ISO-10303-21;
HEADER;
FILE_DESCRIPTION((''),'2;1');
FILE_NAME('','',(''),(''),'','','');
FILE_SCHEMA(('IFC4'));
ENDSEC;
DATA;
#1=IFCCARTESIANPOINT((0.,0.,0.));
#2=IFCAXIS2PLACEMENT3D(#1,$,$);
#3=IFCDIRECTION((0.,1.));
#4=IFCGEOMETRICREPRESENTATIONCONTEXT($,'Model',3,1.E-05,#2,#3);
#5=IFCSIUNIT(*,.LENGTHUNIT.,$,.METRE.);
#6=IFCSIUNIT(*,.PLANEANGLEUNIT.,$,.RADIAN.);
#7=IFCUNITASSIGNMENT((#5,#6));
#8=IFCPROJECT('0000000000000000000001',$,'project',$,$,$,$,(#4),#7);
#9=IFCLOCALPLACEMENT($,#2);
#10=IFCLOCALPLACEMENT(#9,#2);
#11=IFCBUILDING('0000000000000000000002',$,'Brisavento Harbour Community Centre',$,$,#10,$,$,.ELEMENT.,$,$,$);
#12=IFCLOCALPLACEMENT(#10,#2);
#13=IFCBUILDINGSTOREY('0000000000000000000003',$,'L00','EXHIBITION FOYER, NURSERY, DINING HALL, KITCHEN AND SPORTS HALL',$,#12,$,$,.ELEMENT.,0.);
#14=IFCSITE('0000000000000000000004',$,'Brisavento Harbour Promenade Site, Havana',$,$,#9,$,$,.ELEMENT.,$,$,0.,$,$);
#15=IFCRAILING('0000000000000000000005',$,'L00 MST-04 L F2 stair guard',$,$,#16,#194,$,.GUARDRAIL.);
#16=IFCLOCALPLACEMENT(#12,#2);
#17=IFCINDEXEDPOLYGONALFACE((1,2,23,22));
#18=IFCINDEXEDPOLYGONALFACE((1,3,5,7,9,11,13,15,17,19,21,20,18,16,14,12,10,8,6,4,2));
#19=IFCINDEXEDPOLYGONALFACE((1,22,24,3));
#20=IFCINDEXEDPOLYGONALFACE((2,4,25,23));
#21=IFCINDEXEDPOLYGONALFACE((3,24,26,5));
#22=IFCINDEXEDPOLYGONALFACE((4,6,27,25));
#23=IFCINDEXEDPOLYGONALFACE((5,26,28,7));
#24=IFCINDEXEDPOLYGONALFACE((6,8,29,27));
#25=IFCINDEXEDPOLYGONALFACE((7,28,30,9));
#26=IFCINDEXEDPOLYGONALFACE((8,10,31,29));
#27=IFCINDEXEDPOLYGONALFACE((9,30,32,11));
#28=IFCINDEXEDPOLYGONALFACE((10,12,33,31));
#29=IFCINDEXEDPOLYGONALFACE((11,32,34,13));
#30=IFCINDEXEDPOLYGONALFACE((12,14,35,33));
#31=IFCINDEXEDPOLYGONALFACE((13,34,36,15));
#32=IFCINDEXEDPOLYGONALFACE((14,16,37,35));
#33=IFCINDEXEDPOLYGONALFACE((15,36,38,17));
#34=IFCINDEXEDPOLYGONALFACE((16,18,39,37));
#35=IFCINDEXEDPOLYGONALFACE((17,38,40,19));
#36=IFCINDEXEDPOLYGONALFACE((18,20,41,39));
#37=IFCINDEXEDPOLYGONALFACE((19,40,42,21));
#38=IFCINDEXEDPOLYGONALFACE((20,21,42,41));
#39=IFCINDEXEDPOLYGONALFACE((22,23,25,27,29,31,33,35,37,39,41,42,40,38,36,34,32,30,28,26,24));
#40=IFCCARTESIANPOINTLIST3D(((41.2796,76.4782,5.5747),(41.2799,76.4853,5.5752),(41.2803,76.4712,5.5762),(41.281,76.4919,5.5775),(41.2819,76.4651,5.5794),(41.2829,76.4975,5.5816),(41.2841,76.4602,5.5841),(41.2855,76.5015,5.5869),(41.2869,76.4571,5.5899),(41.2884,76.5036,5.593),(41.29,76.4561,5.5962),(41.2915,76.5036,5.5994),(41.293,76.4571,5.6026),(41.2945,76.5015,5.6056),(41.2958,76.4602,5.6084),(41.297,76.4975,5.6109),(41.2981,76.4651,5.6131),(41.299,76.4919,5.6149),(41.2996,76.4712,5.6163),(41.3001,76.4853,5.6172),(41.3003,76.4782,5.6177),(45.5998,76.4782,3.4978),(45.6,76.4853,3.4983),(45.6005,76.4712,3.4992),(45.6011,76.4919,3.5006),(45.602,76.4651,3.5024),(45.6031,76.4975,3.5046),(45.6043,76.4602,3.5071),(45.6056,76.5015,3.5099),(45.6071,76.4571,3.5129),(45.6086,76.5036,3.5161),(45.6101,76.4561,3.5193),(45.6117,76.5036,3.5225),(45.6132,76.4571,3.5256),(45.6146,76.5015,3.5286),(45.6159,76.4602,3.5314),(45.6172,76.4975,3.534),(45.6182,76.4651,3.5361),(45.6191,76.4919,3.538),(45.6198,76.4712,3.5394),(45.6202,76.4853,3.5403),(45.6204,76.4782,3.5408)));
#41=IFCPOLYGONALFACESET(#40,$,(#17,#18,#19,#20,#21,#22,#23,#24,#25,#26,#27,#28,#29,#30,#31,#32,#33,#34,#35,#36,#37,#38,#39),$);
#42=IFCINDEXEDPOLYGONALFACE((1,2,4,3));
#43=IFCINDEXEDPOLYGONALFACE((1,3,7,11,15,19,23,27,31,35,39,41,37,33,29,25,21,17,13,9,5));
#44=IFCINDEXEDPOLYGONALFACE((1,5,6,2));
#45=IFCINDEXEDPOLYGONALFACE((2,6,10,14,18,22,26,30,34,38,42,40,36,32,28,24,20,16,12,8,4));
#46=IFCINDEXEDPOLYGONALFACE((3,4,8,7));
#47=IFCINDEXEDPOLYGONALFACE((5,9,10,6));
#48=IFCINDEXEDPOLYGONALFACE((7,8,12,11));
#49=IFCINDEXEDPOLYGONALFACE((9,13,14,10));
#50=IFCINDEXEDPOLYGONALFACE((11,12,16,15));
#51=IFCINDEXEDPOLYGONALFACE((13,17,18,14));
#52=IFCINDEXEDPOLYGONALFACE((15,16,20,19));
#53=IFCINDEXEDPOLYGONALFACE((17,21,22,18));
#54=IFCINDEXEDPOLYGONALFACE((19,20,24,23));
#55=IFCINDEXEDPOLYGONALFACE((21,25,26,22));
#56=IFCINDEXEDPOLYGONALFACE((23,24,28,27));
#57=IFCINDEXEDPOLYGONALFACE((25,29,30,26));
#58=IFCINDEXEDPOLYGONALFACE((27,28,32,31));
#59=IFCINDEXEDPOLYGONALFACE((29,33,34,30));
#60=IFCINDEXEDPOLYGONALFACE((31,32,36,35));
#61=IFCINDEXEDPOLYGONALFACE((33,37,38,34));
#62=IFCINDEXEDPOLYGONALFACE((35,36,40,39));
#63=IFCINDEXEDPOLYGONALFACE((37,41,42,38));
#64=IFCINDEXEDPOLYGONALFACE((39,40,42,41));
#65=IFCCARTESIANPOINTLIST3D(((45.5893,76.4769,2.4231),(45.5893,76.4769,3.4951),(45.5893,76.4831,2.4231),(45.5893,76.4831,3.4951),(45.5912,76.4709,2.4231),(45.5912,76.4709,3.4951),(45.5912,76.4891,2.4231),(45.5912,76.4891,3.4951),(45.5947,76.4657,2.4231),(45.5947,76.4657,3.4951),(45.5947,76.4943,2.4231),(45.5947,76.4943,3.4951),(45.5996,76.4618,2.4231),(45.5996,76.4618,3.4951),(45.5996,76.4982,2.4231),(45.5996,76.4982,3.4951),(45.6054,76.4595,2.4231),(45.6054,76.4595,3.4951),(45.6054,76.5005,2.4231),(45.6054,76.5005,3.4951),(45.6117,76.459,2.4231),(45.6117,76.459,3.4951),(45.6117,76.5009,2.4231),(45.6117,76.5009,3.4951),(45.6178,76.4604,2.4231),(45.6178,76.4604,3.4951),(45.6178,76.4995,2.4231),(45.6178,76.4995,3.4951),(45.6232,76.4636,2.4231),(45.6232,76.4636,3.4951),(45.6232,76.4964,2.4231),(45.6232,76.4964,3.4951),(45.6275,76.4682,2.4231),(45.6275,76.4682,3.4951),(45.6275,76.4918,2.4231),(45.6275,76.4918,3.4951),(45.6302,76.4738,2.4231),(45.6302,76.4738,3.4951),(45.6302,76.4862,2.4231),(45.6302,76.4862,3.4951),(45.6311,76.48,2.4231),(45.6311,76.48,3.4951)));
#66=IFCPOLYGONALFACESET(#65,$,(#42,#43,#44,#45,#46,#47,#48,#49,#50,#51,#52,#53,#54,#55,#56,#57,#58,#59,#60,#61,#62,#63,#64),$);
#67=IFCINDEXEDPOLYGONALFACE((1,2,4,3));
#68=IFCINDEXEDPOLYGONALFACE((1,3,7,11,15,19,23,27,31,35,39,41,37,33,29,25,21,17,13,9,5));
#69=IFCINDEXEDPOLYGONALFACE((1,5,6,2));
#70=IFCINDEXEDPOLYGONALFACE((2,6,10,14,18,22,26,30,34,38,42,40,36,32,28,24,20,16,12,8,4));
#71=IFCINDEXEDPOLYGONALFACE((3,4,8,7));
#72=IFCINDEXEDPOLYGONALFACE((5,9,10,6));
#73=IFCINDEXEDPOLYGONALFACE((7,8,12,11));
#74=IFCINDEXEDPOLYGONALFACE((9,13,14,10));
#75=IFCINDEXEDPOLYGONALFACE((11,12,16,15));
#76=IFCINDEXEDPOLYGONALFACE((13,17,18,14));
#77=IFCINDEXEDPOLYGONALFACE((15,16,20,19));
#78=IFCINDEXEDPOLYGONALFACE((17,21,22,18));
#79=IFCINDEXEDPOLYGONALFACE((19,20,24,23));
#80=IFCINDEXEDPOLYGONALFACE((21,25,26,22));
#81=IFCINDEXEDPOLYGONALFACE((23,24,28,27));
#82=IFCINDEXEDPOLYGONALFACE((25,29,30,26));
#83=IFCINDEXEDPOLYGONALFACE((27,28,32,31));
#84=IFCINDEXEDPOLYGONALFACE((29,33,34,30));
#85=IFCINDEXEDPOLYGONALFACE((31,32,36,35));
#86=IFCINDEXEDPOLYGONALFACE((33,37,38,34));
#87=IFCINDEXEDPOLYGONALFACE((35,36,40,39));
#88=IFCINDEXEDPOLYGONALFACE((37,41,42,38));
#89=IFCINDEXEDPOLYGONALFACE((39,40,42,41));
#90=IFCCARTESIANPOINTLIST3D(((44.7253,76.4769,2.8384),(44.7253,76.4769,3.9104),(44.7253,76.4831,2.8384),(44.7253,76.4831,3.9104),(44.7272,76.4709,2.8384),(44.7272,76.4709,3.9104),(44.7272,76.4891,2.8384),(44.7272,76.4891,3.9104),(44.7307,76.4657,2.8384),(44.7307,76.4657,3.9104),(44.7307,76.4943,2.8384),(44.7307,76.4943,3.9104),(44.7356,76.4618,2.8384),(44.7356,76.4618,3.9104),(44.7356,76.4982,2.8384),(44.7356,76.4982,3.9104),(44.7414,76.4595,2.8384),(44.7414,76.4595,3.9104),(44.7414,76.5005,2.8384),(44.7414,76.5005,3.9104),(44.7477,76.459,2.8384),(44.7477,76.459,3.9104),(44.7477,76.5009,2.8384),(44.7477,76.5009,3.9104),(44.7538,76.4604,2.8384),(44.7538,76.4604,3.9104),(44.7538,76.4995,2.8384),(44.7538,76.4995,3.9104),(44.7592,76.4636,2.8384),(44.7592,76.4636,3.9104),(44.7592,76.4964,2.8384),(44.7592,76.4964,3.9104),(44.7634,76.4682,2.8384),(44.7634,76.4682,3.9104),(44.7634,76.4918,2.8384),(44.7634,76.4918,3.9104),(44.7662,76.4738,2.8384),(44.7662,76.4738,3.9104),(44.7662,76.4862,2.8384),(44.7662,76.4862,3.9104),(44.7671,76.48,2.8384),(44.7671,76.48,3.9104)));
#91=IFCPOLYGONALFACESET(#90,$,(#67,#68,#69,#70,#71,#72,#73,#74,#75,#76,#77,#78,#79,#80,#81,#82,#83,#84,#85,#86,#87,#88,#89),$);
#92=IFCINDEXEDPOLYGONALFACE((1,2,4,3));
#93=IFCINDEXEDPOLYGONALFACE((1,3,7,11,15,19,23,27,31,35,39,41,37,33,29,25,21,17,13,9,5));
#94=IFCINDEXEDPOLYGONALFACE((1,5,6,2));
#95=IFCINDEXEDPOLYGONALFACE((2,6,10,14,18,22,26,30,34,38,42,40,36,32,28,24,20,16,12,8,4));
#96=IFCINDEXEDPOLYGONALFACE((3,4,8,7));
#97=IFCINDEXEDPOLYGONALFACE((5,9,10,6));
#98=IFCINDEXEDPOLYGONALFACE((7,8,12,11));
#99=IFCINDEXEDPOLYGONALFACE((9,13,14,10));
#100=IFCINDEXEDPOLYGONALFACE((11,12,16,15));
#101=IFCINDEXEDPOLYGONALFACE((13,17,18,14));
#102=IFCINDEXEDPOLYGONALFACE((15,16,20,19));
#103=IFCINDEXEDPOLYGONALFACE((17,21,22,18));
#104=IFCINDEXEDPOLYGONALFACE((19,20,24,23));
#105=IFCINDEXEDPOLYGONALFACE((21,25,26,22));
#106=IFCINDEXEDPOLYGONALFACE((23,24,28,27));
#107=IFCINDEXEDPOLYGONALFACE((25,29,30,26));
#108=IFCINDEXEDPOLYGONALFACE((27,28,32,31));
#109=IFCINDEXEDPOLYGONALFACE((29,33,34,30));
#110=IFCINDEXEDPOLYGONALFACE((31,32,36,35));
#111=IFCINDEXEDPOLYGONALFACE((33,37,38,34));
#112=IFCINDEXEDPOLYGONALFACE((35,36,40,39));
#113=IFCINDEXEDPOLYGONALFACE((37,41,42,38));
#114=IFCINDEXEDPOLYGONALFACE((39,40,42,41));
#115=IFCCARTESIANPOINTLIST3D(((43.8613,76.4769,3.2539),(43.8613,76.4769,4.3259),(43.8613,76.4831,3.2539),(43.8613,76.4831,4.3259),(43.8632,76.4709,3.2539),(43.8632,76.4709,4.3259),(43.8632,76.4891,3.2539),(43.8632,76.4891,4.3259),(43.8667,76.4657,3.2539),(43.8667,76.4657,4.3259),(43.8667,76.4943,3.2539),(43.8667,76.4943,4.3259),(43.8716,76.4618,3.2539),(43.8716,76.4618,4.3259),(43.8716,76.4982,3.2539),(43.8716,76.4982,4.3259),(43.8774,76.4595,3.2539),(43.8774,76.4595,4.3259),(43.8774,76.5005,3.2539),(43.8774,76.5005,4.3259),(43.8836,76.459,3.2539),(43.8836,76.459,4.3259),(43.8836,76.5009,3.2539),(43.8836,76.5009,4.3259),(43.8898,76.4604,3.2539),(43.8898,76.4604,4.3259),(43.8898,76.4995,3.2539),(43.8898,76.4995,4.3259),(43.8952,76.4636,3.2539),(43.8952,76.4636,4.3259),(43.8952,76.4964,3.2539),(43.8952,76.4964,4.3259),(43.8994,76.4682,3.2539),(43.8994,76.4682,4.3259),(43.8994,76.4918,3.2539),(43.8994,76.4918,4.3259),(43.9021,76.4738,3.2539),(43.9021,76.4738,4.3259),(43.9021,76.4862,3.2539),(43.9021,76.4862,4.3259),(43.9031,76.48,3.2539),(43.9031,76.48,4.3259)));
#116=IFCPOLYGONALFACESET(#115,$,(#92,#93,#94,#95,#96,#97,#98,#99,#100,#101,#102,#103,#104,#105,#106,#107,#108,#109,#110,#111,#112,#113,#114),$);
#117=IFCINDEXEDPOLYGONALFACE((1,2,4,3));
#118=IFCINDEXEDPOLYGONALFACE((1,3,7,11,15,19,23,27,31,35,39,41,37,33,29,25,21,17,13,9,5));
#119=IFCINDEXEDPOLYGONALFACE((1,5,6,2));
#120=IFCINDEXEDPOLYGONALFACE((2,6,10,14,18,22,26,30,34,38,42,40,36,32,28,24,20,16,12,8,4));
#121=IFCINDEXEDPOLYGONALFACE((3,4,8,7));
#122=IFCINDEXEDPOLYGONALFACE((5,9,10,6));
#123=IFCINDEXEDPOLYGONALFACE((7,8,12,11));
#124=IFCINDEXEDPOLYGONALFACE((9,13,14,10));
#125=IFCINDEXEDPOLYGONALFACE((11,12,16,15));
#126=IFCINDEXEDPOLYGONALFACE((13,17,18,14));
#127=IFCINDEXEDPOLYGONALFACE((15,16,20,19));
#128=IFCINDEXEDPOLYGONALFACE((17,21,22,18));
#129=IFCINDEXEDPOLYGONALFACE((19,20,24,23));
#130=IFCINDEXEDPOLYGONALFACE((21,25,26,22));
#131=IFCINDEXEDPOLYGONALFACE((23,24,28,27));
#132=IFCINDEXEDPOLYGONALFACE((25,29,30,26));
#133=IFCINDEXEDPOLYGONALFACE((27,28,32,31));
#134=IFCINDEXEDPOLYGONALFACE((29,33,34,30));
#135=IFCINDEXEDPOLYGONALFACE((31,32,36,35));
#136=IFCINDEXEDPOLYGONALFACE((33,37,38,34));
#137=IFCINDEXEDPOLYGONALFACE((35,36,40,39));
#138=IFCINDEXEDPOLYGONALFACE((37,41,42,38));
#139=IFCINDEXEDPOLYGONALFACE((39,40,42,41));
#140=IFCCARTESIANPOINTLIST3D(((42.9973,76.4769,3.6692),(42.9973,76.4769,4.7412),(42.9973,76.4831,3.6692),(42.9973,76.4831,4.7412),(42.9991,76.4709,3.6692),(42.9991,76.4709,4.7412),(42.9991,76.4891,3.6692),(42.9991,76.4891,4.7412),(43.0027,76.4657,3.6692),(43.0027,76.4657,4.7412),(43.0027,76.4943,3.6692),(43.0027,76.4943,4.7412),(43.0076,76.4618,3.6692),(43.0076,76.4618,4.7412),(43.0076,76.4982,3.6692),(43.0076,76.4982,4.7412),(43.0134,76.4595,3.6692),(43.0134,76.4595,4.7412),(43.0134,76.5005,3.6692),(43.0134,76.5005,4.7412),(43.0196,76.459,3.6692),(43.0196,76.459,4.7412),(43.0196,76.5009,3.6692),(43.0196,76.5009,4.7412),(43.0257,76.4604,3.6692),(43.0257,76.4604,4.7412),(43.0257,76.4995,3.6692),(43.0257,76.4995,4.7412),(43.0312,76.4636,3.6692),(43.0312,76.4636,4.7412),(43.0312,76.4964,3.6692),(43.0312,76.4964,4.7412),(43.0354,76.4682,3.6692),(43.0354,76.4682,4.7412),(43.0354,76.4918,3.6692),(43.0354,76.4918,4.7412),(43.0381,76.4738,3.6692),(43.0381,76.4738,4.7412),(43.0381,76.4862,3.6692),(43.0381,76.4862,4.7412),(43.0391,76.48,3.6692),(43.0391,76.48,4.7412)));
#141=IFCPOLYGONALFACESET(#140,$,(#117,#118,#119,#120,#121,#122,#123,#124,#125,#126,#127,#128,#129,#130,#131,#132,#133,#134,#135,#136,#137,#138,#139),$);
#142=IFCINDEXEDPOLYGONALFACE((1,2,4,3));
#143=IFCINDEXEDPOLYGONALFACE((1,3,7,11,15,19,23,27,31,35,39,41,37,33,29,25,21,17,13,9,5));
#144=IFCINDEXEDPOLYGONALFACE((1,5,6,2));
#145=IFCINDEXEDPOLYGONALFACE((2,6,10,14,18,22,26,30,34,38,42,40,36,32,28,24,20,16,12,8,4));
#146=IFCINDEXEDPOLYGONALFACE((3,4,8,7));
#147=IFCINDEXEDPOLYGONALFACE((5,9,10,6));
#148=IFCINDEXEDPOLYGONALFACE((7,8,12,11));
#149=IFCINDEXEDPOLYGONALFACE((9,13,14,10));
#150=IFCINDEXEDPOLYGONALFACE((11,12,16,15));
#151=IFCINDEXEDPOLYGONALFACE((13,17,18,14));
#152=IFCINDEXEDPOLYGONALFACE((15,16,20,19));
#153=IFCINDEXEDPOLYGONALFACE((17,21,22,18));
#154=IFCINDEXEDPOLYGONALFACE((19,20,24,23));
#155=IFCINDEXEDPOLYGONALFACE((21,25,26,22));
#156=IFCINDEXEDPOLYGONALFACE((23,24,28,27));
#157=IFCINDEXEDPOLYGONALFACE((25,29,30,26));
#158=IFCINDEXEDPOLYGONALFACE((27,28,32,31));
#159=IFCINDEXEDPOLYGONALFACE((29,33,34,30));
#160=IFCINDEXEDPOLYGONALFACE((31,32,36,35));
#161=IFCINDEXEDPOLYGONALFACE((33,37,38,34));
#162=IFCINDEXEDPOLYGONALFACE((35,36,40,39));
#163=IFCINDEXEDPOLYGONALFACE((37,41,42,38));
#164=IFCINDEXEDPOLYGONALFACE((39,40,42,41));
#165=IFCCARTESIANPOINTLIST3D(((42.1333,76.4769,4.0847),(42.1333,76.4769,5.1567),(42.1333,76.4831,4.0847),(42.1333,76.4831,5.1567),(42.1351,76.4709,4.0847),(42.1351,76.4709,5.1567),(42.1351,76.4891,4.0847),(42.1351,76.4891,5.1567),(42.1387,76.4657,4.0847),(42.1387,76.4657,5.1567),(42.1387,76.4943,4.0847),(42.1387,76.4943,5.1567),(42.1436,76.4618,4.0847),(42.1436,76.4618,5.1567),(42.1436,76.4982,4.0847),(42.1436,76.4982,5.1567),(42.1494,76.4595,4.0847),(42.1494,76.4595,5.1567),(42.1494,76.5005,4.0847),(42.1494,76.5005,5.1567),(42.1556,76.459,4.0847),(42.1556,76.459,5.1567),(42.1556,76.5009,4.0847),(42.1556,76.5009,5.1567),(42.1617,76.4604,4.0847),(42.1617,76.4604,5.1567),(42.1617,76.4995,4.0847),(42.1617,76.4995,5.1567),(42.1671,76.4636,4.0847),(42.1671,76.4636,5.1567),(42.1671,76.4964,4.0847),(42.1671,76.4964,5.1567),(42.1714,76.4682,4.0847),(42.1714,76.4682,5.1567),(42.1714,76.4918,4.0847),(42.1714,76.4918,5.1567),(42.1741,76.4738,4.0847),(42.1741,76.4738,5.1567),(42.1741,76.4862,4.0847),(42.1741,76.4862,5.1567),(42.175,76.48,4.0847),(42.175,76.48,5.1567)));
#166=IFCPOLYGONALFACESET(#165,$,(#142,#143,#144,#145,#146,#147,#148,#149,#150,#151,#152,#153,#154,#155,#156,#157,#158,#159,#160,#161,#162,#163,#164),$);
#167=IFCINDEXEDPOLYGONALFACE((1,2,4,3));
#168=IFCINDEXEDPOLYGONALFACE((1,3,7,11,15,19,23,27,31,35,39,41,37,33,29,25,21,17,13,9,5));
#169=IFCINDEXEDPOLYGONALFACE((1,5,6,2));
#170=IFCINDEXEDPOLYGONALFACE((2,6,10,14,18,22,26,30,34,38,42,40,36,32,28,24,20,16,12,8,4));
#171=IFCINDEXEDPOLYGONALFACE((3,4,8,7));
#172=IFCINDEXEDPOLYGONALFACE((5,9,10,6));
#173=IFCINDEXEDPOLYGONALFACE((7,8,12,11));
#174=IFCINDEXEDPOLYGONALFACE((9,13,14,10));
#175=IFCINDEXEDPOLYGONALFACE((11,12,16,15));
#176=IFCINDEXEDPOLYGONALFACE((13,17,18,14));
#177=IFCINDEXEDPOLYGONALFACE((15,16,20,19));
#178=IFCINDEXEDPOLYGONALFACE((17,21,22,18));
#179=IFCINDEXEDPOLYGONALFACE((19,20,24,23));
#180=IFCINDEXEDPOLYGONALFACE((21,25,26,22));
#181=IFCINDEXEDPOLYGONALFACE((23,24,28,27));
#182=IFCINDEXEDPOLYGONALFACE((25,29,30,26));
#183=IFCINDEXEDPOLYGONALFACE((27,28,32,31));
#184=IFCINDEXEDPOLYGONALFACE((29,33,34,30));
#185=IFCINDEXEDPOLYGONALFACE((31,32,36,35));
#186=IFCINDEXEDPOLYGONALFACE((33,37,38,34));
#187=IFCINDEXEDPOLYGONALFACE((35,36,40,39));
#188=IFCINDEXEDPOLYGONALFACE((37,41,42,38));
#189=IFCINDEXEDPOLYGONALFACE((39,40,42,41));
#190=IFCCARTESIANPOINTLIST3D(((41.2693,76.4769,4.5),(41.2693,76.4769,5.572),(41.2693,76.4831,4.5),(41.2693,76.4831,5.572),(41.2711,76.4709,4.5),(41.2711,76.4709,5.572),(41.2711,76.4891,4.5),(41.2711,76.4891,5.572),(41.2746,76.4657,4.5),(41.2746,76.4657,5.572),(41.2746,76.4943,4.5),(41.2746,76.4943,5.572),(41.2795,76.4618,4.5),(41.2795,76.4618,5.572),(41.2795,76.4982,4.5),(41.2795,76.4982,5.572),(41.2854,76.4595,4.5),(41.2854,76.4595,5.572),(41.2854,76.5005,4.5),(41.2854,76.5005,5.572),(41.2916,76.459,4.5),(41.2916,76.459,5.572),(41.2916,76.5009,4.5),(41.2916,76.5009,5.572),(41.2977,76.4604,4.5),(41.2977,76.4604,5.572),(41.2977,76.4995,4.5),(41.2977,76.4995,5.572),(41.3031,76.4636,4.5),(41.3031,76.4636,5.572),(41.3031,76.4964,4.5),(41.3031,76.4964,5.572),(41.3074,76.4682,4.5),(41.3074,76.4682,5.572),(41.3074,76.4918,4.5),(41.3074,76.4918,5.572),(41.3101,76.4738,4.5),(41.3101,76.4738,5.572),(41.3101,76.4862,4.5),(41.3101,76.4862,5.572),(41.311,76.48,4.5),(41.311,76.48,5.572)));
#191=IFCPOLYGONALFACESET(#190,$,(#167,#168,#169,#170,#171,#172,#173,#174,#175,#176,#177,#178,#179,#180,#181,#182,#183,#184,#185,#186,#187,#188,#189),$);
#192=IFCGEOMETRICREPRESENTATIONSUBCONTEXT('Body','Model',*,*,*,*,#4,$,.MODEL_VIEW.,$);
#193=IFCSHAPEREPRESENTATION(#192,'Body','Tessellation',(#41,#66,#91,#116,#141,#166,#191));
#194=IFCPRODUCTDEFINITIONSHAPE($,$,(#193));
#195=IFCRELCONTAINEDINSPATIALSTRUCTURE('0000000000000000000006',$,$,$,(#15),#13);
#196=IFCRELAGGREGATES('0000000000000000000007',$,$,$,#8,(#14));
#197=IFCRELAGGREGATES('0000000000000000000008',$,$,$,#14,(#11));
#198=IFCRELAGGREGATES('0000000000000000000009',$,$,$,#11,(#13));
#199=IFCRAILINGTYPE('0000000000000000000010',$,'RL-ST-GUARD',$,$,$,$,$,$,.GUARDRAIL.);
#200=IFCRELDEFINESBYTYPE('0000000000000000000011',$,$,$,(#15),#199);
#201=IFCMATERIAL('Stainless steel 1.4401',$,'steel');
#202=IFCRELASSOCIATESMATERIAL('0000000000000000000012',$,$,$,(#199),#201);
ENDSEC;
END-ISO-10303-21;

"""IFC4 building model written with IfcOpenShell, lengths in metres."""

from ifc_helpers import new_model, si_unit, direction, frame, origin, origin_2d, place, context, subcontext, project, spatial, circle, extrude, material, type_object, element, save


model = new_model("IFC4")

# Units and contexts
model_context = context("Model", 3, precision=1e-05, world=origin(), true_north=direction((0.0, 1.0)))
body_context = subcontext(model_context, "Body", "Model", "MODEL_VIEW")
ifc_project = project(units=[si_unit("LENGTHUNIT", "METRE"), si_unit("PLANEANGLEUNIT", "RADIAN")], contexts=[model_context])

# Site, building, storey
site_placement = place(None, origin())
site = spatial("IfcSite", under=ifc_project, at=site_placement, Name="Brisavento Harbour Promenade Site, Havana", CompositionType="ELEMENT", RefElevation=0.0)
building_placement = place(site_placement, origin())
building = spatial("IfcBuilding", under=site, at=building_placement, Name="Brisavento Harbour Community Centre", CompositionType="ELEMENT")
storey_placement = place(building_placement, origin())
storey = spatial("IfcBuildingStorey", under=building, at=storey_placement, Name="L00", Description="EXHIBITION FOYER, NURSERY, DINING HALL, KITCHEN AND SPORTS HALL", CompositionType="ELEMENT", Elevation=0.0)

# Railing
ifc_material_1 = material(Name="Stainless steel 1.4401", Category="steel")
railing_type = type_object("IfcRailingType", Name="RL-ST-GUARD", PredefinedType="GUARDRAIL", material=ifc_material_1)
railing_1_placement = place(storey_placement, frame((45.6101, 76.48, 2.4231)))
element("IfcRailing", 1, at=railing_1_placement, inside=storey, type_object=railing_type, Name="L00 MST-04 L F2 stair guard", PredefinedType="GUARDRAIL", context=body_context, shape_type="SweptSolid", body=[
    extrude(circle(Radius=0.0239, at=origin_2d()), frame((0.0, 0.0, 1.0962), z_axis=(-0.901257, 0.0, 0.433286), x_axis=(0.0, -1.0, 0.0)), (0.0, 0.0, 1.0), 4.7935),
    extrude(circle(Radius=0.021, at=origin_2d()), origin(), (0.0, 0.0, 1.0), 1.072),
    extrude(circle(Radius=0.021, at=origin_2d()), frame((-0.864, 0.0, 0.4153)), (0.0, 0.0, 1.0), 1.072),
    extrude(circle(Radius=0.021, at=origin_2d()), frame((-1.728, 0.0, 0.8308)), (0.0, 0.0, 1.0), 1.072),
    extrude(circle(Radius=0.021, at=origin_2d()), frame((-2.592, 0.0, 1.2461)), (0.0, 0.0, 1.0), 1.072),
    extrude(circle(Radius=0.021, at=origin_2d()), frame((-3.4561, 0.0, 1.6616)), (0.0, 0.0, 1.0), 1.072),
    extrude(circle(Radius=0.021, at=origin_2d()), frame((-4.3201, 0.0, 2.0769)), (0.0, 0.0, 1.0), 1.072),
])

save(model, "model.ifc")
